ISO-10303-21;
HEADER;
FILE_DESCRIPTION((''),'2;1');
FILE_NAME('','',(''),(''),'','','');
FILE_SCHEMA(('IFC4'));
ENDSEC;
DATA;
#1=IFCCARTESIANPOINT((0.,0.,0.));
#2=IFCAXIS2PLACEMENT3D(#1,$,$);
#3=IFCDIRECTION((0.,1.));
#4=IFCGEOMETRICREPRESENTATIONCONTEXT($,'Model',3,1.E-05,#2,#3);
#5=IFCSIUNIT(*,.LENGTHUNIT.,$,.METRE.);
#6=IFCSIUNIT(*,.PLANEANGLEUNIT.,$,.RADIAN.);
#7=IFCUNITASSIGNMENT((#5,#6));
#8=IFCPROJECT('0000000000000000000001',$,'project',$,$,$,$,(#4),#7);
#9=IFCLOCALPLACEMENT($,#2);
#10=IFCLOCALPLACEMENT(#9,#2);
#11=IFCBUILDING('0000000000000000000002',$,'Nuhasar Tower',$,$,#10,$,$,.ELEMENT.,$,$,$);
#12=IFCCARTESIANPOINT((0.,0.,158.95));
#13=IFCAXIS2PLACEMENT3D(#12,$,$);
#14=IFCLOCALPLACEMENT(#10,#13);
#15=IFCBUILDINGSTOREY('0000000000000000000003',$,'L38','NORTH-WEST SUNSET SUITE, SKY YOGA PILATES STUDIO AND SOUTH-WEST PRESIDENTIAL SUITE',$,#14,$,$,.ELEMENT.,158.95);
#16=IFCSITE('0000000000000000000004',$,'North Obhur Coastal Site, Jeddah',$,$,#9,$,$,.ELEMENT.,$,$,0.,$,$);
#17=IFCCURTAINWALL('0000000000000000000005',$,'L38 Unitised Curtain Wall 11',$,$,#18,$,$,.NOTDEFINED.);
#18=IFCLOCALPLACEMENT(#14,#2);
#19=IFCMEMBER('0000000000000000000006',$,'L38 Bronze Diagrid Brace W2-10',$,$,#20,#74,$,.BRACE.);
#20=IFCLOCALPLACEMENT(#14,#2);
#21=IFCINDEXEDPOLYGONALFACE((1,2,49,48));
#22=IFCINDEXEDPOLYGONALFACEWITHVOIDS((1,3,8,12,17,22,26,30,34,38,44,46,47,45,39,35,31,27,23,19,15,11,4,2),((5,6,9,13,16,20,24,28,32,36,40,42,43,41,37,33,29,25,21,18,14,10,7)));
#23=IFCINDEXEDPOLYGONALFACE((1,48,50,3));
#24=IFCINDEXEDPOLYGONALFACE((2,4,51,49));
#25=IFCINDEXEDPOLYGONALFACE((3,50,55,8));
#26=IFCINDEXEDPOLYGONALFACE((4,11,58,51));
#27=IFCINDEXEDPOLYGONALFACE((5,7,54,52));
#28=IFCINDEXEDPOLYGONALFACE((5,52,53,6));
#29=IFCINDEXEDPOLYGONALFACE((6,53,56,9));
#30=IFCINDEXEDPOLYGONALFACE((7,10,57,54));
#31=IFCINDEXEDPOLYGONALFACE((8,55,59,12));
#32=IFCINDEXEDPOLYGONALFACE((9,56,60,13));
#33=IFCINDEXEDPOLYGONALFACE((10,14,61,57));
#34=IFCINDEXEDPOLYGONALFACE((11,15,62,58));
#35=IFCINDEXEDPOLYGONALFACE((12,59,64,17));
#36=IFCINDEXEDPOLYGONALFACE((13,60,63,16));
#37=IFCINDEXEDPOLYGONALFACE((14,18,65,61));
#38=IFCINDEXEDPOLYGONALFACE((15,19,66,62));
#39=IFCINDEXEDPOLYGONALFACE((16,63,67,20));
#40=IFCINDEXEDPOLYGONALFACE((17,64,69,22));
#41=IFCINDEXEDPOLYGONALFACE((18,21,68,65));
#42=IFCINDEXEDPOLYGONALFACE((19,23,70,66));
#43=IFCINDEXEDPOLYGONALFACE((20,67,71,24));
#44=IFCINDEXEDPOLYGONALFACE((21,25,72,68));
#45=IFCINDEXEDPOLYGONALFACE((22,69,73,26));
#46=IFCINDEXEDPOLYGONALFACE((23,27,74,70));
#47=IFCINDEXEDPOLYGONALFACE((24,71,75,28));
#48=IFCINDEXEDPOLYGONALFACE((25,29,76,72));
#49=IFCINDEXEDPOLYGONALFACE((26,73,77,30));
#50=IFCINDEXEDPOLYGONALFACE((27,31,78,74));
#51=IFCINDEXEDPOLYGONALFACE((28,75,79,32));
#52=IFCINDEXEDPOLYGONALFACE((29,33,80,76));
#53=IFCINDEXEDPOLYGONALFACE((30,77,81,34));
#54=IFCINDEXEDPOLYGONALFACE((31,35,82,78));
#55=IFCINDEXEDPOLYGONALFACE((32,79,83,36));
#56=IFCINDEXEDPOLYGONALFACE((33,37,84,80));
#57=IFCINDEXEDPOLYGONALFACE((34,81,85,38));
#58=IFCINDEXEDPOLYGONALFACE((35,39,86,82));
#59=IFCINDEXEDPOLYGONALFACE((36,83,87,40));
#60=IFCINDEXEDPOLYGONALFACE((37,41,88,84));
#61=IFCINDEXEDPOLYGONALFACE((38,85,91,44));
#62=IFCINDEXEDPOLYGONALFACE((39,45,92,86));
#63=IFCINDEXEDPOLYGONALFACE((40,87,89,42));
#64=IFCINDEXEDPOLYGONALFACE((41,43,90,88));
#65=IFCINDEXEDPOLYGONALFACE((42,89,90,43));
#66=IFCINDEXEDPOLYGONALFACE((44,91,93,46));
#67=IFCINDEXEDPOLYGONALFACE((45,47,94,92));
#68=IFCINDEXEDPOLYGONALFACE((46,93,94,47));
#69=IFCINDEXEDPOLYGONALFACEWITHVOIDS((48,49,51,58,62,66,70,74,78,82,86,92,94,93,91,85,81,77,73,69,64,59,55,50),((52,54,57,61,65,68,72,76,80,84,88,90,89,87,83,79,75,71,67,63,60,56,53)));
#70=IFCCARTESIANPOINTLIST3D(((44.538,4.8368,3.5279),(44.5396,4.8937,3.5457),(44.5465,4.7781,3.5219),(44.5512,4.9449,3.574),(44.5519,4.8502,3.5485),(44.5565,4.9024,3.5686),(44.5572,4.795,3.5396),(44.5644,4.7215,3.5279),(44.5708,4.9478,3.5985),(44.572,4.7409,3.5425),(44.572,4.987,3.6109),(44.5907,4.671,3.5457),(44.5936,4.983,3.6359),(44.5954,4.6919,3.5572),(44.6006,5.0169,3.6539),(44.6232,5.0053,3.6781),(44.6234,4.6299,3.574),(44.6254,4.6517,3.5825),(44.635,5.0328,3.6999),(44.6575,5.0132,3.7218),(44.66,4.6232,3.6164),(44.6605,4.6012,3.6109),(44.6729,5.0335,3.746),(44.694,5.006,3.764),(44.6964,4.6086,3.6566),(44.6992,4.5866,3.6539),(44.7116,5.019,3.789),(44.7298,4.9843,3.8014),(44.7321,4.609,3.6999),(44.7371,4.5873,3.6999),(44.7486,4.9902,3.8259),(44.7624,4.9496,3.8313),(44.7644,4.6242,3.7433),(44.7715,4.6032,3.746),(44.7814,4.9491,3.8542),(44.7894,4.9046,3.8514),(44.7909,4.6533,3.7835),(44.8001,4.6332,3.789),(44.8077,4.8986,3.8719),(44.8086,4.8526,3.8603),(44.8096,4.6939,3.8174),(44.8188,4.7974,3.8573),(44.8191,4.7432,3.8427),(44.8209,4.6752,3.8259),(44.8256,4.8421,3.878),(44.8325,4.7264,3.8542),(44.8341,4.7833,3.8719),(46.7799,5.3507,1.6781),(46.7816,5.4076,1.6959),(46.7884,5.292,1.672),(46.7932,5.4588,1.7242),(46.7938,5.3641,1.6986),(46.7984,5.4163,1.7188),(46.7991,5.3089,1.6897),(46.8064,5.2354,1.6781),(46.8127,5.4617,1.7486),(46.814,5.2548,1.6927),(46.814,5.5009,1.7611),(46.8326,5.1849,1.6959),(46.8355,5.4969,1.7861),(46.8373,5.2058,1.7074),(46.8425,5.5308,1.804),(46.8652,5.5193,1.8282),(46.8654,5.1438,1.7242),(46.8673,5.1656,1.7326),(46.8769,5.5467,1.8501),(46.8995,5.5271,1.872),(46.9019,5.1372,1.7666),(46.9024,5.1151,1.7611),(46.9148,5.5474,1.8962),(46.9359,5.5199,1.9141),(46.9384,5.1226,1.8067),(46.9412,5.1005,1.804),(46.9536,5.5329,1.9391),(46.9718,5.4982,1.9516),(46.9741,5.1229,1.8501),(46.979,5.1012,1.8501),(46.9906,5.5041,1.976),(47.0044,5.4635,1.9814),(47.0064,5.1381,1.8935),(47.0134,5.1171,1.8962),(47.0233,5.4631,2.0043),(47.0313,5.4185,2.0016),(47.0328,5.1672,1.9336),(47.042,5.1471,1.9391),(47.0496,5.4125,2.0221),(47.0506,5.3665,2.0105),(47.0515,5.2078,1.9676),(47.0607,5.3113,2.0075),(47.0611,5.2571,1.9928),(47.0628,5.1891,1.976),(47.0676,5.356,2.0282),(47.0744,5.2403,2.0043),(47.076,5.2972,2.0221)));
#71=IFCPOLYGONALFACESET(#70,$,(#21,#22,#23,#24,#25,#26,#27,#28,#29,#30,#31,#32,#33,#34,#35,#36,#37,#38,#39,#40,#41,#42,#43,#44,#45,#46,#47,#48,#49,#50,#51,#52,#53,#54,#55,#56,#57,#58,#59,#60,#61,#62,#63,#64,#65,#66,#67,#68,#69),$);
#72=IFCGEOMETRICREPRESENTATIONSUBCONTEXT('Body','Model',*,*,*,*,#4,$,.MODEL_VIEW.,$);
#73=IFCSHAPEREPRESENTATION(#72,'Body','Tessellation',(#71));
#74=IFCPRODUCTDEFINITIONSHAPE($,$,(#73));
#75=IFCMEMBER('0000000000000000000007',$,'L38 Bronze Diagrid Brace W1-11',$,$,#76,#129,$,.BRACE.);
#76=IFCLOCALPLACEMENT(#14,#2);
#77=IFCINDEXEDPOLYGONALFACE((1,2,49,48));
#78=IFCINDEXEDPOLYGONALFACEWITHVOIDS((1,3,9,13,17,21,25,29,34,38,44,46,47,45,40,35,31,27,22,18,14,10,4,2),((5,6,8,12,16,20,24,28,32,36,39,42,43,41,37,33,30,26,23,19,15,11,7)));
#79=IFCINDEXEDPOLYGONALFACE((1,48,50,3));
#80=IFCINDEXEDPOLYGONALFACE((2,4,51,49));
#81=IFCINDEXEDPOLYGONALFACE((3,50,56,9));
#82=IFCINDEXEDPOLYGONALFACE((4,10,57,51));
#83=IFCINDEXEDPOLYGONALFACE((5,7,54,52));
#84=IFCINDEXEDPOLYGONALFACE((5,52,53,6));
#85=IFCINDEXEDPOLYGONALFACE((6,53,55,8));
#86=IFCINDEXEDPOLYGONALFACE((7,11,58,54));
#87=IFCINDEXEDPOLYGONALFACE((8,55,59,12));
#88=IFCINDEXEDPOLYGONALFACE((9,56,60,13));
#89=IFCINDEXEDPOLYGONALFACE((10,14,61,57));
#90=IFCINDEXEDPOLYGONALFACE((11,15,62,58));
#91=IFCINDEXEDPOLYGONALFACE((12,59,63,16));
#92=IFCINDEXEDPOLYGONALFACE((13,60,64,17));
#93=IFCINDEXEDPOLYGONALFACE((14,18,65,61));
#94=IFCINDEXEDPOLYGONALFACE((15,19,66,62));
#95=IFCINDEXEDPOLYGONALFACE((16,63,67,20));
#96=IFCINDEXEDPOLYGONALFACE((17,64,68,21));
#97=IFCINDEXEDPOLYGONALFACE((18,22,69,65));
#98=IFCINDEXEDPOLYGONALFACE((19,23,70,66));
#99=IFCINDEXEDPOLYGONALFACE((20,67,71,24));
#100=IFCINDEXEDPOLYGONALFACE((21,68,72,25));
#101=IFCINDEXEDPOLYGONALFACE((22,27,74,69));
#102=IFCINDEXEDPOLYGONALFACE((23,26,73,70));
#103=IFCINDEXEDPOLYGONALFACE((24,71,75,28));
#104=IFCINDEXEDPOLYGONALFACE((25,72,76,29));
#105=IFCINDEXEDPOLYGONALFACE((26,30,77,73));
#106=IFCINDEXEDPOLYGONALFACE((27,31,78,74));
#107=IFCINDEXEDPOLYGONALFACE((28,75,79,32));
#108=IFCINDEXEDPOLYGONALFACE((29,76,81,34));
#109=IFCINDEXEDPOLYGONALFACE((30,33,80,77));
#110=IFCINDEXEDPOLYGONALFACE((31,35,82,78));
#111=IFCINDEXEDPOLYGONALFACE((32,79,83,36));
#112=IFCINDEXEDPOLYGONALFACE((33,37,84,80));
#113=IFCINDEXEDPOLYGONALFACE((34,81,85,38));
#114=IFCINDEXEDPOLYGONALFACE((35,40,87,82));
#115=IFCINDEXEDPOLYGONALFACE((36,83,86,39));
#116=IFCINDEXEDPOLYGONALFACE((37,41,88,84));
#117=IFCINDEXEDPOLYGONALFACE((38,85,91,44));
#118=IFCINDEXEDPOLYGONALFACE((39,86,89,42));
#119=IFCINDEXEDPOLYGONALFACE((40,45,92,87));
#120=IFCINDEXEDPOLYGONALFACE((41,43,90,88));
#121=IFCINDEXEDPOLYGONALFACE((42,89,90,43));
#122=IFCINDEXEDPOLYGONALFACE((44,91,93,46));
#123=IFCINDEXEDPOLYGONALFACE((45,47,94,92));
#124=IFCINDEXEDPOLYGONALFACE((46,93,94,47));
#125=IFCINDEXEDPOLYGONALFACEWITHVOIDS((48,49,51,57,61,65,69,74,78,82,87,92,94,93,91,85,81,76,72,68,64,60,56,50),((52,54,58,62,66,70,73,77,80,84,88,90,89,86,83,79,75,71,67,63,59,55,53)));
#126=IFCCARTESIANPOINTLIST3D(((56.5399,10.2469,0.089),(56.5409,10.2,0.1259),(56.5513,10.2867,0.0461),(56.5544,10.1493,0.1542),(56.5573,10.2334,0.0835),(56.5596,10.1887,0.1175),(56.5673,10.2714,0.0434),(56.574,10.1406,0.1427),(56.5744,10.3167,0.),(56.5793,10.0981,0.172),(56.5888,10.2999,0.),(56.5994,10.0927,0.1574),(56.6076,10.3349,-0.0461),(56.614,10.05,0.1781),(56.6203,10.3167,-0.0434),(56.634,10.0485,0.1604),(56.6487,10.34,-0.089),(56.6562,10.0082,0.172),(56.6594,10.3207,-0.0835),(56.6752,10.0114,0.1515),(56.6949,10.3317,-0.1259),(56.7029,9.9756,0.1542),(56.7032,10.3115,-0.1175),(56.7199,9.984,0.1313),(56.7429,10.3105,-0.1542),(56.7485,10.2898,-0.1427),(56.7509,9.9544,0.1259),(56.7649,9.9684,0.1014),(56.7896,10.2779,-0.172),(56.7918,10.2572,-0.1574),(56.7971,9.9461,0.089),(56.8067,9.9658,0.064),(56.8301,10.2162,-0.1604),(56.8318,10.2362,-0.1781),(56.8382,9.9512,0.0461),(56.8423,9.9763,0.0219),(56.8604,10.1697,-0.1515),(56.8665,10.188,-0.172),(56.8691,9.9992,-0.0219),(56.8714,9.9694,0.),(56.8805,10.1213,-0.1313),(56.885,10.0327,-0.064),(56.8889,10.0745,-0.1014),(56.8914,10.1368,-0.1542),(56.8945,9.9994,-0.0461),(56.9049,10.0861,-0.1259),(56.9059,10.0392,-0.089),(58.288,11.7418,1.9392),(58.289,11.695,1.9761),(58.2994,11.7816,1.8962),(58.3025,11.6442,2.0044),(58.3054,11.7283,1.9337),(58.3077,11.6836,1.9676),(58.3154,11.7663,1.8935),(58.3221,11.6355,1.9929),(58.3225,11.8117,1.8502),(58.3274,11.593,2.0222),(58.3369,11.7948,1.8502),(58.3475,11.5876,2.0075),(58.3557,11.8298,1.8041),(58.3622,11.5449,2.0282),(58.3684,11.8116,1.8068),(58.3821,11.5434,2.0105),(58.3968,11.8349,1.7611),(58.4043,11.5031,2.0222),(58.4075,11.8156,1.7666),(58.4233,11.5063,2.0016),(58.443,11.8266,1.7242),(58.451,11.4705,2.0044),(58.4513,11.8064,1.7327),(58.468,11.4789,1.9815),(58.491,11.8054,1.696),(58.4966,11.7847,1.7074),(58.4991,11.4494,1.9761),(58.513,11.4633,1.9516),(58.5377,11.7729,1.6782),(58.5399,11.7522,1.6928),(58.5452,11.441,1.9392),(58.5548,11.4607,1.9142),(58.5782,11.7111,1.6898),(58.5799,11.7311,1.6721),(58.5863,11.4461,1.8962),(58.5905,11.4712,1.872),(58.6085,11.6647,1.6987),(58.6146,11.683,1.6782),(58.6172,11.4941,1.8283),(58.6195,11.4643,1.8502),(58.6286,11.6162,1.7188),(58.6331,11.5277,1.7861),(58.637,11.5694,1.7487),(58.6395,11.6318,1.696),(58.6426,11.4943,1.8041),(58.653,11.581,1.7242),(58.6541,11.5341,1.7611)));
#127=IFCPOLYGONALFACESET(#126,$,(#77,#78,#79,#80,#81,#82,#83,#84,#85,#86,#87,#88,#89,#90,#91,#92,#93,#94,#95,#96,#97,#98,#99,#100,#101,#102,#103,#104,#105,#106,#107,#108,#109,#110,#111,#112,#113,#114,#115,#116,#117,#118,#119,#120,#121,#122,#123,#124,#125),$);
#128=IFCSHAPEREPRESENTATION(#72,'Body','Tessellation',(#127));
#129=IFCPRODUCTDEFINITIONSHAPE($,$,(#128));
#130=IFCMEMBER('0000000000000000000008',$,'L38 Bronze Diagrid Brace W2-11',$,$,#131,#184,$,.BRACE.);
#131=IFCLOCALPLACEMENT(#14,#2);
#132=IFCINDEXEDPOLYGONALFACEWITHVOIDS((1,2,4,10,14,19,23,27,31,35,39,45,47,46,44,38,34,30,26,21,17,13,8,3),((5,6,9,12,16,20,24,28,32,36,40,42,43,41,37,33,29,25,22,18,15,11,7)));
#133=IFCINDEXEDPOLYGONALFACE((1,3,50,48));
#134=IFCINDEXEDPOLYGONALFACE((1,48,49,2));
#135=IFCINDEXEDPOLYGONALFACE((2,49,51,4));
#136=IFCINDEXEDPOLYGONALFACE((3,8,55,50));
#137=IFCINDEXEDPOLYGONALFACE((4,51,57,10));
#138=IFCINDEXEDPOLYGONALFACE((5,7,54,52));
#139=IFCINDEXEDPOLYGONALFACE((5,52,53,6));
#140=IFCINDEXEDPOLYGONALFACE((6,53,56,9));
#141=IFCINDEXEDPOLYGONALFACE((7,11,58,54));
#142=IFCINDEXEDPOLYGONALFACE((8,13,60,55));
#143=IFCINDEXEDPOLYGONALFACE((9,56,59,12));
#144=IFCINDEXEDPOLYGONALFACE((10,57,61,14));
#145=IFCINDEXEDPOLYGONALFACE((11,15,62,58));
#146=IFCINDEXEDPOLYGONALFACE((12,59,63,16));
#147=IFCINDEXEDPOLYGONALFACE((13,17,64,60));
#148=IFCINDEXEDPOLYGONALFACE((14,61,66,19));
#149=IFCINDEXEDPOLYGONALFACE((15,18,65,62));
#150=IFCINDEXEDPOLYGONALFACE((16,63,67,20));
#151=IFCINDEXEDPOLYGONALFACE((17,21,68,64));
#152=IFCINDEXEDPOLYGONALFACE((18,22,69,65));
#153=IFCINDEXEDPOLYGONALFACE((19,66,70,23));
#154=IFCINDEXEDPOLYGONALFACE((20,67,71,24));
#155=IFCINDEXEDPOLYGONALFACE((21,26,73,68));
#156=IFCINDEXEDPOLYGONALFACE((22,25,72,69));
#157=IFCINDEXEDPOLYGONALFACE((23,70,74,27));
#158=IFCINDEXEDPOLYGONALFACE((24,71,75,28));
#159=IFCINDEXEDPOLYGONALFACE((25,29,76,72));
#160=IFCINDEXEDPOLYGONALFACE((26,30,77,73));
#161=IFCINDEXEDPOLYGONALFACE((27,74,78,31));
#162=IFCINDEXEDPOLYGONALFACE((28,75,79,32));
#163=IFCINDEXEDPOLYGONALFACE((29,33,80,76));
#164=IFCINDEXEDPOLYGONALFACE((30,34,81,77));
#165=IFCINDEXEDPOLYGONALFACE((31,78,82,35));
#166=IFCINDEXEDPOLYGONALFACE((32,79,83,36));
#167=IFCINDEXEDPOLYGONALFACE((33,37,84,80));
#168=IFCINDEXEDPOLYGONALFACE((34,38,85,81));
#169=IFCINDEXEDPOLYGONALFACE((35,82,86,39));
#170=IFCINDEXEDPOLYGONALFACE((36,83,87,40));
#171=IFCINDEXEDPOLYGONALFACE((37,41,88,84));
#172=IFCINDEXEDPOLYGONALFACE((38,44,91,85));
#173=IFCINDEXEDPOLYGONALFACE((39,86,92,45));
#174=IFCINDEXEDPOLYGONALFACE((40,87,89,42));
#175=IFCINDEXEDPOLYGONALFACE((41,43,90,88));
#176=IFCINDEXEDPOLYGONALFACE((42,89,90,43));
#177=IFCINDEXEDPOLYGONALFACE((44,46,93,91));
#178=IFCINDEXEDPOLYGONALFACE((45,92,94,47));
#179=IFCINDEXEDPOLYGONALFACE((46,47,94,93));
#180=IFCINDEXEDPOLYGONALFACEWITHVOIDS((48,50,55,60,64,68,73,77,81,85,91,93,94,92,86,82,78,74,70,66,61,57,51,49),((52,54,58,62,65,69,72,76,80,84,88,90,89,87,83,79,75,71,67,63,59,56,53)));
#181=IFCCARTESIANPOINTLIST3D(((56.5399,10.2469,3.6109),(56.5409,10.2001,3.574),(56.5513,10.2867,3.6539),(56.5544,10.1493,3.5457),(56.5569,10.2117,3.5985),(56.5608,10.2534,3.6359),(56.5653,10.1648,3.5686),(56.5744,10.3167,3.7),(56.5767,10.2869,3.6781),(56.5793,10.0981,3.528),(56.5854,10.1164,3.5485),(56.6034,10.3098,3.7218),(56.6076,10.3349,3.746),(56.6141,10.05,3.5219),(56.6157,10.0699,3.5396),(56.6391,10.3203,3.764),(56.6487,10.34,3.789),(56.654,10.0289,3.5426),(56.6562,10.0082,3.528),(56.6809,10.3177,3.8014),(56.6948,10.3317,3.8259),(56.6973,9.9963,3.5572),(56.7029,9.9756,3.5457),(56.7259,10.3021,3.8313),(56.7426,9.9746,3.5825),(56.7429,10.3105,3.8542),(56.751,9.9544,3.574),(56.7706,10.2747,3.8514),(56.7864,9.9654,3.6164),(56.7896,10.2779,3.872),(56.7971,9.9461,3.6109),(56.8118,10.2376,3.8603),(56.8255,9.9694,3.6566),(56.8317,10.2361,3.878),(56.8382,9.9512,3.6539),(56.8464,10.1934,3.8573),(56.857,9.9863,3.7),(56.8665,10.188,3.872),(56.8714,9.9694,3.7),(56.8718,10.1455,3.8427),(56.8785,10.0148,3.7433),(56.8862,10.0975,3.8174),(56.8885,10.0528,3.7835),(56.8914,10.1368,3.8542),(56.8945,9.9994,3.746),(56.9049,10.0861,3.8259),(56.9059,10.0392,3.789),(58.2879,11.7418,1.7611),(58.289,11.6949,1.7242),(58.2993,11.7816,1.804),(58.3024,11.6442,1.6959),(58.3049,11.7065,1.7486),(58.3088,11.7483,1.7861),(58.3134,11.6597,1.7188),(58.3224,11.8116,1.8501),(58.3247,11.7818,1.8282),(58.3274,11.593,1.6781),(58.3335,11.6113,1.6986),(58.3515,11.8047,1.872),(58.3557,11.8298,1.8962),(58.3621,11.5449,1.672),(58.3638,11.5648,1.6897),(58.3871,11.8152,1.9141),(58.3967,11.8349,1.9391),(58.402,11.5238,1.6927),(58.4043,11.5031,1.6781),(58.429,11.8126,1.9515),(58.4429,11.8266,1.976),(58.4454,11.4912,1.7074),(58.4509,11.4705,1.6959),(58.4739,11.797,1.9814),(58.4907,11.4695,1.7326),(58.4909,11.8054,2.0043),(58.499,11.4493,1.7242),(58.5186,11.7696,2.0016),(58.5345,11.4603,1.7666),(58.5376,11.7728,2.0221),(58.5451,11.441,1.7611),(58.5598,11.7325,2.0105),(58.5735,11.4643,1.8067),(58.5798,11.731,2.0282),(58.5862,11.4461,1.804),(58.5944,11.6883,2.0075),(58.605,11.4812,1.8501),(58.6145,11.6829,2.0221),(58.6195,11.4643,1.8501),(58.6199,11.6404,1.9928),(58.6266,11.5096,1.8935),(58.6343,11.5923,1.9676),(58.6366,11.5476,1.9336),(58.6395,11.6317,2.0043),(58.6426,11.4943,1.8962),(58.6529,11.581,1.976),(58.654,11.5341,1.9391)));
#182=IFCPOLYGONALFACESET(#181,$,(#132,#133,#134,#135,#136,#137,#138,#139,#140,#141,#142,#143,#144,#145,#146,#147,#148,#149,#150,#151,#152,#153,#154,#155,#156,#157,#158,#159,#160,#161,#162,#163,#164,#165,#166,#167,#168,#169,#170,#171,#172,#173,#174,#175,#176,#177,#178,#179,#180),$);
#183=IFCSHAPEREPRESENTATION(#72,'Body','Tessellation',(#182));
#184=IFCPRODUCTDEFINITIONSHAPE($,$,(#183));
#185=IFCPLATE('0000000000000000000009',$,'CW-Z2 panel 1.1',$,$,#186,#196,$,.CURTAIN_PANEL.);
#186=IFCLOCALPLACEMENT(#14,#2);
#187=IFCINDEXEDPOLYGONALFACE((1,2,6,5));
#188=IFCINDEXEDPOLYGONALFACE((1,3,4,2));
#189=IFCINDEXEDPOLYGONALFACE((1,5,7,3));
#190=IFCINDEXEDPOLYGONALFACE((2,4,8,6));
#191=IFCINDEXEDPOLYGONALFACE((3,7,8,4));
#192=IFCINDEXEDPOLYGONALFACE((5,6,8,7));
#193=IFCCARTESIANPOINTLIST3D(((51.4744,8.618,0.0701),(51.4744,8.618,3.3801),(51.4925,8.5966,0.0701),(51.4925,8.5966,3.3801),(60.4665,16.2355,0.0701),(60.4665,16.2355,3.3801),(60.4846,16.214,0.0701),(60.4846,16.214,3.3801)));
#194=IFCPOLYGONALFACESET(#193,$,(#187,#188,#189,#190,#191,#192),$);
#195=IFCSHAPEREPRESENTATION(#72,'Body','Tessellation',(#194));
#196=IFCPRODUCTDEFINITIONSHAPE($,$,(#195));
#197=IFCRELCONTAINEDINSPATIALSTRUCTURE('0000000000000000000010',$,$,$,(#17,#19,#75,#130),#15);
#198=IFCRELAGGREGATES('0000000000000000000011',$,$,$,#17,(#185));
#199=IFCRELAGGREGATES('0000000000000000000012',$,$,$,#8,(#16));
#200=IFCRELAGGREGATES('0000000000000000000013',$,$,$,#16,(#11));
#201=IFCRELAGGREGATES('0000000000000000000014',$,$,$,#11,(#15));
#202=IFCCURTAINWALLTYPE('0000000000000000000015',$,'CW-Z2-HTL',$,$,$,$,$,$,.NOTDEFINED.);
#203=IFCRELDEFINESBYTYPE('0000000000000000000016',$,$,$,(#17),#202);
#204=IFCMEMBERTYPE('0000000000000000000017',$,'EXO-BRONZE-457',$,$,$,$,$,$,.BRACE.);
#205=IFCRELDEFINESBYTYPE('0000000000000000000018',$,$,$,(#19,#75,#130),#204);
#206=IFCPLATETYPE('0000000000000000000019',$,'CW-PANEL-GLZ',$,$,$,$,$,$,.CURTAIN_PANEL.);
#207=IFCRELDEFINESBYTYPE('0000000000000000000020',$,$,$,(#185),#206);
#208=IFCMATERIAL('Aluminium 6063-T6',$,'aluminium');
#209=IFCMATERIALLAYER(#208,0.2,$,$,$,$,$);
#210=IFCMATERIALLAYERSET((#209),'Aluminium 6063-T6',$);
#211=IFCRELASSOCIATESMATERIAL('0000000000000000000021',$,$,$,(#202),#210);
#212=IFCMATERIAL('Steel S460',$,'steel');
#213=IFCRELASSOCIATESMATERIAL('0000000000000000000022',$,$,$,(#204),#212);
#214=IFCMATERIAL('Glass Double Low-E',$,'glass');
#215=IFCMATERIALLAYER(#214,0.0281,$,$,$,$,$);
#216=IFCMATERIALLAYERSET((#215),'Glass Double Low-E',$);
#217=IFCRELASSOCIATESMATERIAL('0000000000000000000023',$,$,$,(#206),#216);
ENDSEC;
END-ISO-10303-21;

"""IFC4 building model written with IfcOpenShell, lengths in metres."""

from ifc_helpers import new_model, si_unit, direction, frame, origin, origin_2d, place, context, subcontext, project, spatial, rectangle, hollow_circle, extrude, material, layer, layer_set, material_profile, profile_set, type_object, element, aggregate, save


model = new_model("IFC4")

# Units and contexts
model_context = context("Model", 3, precision=1e-05, world=origin(), true_north=direction((0.0, 1.0)))
body_context = subcontext(model_context, "Body", "Model", "MODEL_VIEW")
ifc_project = project(units=[si_unit("LENGTHUNIT", "METRE"), si_unit("PLANEANGLEUNIT", "RADIAN")], contexts=[model_context])

# Site, building, storey
site_placement = place(None, origin())
site = spatial("IfcSite", under=ifc_project, at=site_placement, Name="North Obhur Coastal Site, Jeddah", CompositionType="ELEMENT", RefElevation=0.0)
building_placement = place(site_placement, origin())
building = spatial("IfcBuilding", under=site, at=building_placement, Name="Nuhasar Tower", CompositionType="ELEMENT")
storey_placement = place(building_placement, frame((0.0, 0.0, 158.95)))
storey = spatial("IfcBuildingStorey", under=building, at=storey_placement, Name="L38", Description="NORTH-WEST SUNSET SUITE, SKY YOGA PILATES STUDIO AND SOUTH-WEST PRESIDENTIAL SUITE", CompositionType="ELEMENT", Elevation=158.95)

# Shared definitions
ifc_material_1 = material(Name="Aluminium 6063-T6", Category="aluminium")
ifc_layer_1 = layer(ifc_material_1, 0.2)
ifc_layer_set_1 = layer_set([ifc_layer_1], Name="Aluminium 6063-T6")
curtain_wall_type = type_object("IfcCurtainWallType", Name="CW-Z2-HTL", PredefinedType="NOTDEFINED", material=ifc_layer_set_1)

# Curtain wall
curtain_wall_1_placement = place(storey_placement, origin())
curtain_wall_1 = element("IfcCurtainWall", 1, at=curtain_wall_1_placement, inside=storey, type_object=curtain_wall_type, Name="L38 Unitised Curtain Wall 11", PredefinedType="NOTDEFINED")

# Members
ifc_material_2 = material(Name="Steel S460", Category="steel")
ifc_material_profile_1 = material_profile(ifc_material_2, hollow_circle(Radius=0.2285, WallThickness=0.0222, at=origin_2d()), Name="HSS457X22.2")
ifc_profile_set_1 = profile_set([ifc_material_profile_1], Name="Steel S460")
member_type_1 = type_object("IfcMemberType", Name="EXO-BRONZE-457", PredefinedType="BRACE", material=ifc_profile_set_1)
member_1_placement = place(storey_placement, frame((46.928, 5.324, 1.8501), z_axis=(-0.75955, -0.17411, 0.626713), x_axis=(0.223433, -0.974719, 0.0)))
element("IfcMember", 2, at=member_1_placement, inside=storey, type_object=member_type_1, Name="L38 Bronze Diagrid Brace W2-10", PredefinedType="BRACE", context=body_context, shape_type="SweptSolid", body=[
    extrude(hollow_circle(Radius=0.2285, WallThickness=0.0222, at=origin_2d()), origin(), (0.0, 0.0, 1.0), 2.9517),
])
member_2_placement = place(storey_placement, frame((56.7229, 10.1431, 0.0), z_axis=(0.592195, 0.506426, 0.626767), x_axis=(-0.649926, 0.759998, 0.0)))
element("IfcMember", 3, at=member_2_placement, inside=storey, type_object=member_type_1, Name="L38 Bronze Diagrid Brace W1-11", PredefinedType="BRACE", context=body_context, shape_type="SweptSolid", body=[
    extrude(hollow_circle(Radius=0.2285, WallThickness=0.0222, at=origin_2d()), origin(), (0.0, 0.0, 1.0), 2.9519),
])
member_3_placement = place(storey_placement, frame((58.4709, 11.6379, 1.8501), z_axis=(-0.592226, -0.506452, 0.626717), x_axis=(0.649926, -0.759998, 0.0)))
element("IfcMember", 4, at=member_3_placement, inside=storey, type_object=member_type_1, Name="L38 Bronze Diagrid Brace W2-11", PredefinedType="BRACE", context=body_context, shape_type="SweptSolid", body=[
    extrude(hollow_circle(Radius=0.2285, WallThickness=0.0222, at=origin_2d()), origin(), (0.0, 0.0, 1.0), 2.9517),
])

# Plate
ifc_material_3 = material(Name="Glass Double Low-E", Category="glass")
ifc_layer_2 = layer(ifc_material_3, 0.0281)
ifc_layer_set_2 = layer_set([ifc_layer_2], Name="Glass Double Low-E")
plate_type = type_object("IfcPlateType", Name="CW-PANEL-GLZ", PredefinedType="CURTAIN_PANEL", material=ifc_layer_set_2)
plate_placement = place(storey_placement, frame((55.9795, 12.416, 0.0701), z_axis=(0.0, 0.0, 1.0), x_axis=(0.76302, 0.646374, 0.0)))
plate = element("IfcPlate", 5, at=plate_placement, type_object=plate_type, Name="CW-Z2 panel 1.1", PredefinedType="CURTAIN_PANEL", context=body_context, shape_type="SweptSolid", body=[
    extrude(rectangle(XDim=11.7849, YDim=0.0281, at=origin_2d()), origin(), (0.0, 0.0, 1.0), 3.3101),
])
aggregate(curtain_wall_1, [plate])

save(model, "model.ifc")
